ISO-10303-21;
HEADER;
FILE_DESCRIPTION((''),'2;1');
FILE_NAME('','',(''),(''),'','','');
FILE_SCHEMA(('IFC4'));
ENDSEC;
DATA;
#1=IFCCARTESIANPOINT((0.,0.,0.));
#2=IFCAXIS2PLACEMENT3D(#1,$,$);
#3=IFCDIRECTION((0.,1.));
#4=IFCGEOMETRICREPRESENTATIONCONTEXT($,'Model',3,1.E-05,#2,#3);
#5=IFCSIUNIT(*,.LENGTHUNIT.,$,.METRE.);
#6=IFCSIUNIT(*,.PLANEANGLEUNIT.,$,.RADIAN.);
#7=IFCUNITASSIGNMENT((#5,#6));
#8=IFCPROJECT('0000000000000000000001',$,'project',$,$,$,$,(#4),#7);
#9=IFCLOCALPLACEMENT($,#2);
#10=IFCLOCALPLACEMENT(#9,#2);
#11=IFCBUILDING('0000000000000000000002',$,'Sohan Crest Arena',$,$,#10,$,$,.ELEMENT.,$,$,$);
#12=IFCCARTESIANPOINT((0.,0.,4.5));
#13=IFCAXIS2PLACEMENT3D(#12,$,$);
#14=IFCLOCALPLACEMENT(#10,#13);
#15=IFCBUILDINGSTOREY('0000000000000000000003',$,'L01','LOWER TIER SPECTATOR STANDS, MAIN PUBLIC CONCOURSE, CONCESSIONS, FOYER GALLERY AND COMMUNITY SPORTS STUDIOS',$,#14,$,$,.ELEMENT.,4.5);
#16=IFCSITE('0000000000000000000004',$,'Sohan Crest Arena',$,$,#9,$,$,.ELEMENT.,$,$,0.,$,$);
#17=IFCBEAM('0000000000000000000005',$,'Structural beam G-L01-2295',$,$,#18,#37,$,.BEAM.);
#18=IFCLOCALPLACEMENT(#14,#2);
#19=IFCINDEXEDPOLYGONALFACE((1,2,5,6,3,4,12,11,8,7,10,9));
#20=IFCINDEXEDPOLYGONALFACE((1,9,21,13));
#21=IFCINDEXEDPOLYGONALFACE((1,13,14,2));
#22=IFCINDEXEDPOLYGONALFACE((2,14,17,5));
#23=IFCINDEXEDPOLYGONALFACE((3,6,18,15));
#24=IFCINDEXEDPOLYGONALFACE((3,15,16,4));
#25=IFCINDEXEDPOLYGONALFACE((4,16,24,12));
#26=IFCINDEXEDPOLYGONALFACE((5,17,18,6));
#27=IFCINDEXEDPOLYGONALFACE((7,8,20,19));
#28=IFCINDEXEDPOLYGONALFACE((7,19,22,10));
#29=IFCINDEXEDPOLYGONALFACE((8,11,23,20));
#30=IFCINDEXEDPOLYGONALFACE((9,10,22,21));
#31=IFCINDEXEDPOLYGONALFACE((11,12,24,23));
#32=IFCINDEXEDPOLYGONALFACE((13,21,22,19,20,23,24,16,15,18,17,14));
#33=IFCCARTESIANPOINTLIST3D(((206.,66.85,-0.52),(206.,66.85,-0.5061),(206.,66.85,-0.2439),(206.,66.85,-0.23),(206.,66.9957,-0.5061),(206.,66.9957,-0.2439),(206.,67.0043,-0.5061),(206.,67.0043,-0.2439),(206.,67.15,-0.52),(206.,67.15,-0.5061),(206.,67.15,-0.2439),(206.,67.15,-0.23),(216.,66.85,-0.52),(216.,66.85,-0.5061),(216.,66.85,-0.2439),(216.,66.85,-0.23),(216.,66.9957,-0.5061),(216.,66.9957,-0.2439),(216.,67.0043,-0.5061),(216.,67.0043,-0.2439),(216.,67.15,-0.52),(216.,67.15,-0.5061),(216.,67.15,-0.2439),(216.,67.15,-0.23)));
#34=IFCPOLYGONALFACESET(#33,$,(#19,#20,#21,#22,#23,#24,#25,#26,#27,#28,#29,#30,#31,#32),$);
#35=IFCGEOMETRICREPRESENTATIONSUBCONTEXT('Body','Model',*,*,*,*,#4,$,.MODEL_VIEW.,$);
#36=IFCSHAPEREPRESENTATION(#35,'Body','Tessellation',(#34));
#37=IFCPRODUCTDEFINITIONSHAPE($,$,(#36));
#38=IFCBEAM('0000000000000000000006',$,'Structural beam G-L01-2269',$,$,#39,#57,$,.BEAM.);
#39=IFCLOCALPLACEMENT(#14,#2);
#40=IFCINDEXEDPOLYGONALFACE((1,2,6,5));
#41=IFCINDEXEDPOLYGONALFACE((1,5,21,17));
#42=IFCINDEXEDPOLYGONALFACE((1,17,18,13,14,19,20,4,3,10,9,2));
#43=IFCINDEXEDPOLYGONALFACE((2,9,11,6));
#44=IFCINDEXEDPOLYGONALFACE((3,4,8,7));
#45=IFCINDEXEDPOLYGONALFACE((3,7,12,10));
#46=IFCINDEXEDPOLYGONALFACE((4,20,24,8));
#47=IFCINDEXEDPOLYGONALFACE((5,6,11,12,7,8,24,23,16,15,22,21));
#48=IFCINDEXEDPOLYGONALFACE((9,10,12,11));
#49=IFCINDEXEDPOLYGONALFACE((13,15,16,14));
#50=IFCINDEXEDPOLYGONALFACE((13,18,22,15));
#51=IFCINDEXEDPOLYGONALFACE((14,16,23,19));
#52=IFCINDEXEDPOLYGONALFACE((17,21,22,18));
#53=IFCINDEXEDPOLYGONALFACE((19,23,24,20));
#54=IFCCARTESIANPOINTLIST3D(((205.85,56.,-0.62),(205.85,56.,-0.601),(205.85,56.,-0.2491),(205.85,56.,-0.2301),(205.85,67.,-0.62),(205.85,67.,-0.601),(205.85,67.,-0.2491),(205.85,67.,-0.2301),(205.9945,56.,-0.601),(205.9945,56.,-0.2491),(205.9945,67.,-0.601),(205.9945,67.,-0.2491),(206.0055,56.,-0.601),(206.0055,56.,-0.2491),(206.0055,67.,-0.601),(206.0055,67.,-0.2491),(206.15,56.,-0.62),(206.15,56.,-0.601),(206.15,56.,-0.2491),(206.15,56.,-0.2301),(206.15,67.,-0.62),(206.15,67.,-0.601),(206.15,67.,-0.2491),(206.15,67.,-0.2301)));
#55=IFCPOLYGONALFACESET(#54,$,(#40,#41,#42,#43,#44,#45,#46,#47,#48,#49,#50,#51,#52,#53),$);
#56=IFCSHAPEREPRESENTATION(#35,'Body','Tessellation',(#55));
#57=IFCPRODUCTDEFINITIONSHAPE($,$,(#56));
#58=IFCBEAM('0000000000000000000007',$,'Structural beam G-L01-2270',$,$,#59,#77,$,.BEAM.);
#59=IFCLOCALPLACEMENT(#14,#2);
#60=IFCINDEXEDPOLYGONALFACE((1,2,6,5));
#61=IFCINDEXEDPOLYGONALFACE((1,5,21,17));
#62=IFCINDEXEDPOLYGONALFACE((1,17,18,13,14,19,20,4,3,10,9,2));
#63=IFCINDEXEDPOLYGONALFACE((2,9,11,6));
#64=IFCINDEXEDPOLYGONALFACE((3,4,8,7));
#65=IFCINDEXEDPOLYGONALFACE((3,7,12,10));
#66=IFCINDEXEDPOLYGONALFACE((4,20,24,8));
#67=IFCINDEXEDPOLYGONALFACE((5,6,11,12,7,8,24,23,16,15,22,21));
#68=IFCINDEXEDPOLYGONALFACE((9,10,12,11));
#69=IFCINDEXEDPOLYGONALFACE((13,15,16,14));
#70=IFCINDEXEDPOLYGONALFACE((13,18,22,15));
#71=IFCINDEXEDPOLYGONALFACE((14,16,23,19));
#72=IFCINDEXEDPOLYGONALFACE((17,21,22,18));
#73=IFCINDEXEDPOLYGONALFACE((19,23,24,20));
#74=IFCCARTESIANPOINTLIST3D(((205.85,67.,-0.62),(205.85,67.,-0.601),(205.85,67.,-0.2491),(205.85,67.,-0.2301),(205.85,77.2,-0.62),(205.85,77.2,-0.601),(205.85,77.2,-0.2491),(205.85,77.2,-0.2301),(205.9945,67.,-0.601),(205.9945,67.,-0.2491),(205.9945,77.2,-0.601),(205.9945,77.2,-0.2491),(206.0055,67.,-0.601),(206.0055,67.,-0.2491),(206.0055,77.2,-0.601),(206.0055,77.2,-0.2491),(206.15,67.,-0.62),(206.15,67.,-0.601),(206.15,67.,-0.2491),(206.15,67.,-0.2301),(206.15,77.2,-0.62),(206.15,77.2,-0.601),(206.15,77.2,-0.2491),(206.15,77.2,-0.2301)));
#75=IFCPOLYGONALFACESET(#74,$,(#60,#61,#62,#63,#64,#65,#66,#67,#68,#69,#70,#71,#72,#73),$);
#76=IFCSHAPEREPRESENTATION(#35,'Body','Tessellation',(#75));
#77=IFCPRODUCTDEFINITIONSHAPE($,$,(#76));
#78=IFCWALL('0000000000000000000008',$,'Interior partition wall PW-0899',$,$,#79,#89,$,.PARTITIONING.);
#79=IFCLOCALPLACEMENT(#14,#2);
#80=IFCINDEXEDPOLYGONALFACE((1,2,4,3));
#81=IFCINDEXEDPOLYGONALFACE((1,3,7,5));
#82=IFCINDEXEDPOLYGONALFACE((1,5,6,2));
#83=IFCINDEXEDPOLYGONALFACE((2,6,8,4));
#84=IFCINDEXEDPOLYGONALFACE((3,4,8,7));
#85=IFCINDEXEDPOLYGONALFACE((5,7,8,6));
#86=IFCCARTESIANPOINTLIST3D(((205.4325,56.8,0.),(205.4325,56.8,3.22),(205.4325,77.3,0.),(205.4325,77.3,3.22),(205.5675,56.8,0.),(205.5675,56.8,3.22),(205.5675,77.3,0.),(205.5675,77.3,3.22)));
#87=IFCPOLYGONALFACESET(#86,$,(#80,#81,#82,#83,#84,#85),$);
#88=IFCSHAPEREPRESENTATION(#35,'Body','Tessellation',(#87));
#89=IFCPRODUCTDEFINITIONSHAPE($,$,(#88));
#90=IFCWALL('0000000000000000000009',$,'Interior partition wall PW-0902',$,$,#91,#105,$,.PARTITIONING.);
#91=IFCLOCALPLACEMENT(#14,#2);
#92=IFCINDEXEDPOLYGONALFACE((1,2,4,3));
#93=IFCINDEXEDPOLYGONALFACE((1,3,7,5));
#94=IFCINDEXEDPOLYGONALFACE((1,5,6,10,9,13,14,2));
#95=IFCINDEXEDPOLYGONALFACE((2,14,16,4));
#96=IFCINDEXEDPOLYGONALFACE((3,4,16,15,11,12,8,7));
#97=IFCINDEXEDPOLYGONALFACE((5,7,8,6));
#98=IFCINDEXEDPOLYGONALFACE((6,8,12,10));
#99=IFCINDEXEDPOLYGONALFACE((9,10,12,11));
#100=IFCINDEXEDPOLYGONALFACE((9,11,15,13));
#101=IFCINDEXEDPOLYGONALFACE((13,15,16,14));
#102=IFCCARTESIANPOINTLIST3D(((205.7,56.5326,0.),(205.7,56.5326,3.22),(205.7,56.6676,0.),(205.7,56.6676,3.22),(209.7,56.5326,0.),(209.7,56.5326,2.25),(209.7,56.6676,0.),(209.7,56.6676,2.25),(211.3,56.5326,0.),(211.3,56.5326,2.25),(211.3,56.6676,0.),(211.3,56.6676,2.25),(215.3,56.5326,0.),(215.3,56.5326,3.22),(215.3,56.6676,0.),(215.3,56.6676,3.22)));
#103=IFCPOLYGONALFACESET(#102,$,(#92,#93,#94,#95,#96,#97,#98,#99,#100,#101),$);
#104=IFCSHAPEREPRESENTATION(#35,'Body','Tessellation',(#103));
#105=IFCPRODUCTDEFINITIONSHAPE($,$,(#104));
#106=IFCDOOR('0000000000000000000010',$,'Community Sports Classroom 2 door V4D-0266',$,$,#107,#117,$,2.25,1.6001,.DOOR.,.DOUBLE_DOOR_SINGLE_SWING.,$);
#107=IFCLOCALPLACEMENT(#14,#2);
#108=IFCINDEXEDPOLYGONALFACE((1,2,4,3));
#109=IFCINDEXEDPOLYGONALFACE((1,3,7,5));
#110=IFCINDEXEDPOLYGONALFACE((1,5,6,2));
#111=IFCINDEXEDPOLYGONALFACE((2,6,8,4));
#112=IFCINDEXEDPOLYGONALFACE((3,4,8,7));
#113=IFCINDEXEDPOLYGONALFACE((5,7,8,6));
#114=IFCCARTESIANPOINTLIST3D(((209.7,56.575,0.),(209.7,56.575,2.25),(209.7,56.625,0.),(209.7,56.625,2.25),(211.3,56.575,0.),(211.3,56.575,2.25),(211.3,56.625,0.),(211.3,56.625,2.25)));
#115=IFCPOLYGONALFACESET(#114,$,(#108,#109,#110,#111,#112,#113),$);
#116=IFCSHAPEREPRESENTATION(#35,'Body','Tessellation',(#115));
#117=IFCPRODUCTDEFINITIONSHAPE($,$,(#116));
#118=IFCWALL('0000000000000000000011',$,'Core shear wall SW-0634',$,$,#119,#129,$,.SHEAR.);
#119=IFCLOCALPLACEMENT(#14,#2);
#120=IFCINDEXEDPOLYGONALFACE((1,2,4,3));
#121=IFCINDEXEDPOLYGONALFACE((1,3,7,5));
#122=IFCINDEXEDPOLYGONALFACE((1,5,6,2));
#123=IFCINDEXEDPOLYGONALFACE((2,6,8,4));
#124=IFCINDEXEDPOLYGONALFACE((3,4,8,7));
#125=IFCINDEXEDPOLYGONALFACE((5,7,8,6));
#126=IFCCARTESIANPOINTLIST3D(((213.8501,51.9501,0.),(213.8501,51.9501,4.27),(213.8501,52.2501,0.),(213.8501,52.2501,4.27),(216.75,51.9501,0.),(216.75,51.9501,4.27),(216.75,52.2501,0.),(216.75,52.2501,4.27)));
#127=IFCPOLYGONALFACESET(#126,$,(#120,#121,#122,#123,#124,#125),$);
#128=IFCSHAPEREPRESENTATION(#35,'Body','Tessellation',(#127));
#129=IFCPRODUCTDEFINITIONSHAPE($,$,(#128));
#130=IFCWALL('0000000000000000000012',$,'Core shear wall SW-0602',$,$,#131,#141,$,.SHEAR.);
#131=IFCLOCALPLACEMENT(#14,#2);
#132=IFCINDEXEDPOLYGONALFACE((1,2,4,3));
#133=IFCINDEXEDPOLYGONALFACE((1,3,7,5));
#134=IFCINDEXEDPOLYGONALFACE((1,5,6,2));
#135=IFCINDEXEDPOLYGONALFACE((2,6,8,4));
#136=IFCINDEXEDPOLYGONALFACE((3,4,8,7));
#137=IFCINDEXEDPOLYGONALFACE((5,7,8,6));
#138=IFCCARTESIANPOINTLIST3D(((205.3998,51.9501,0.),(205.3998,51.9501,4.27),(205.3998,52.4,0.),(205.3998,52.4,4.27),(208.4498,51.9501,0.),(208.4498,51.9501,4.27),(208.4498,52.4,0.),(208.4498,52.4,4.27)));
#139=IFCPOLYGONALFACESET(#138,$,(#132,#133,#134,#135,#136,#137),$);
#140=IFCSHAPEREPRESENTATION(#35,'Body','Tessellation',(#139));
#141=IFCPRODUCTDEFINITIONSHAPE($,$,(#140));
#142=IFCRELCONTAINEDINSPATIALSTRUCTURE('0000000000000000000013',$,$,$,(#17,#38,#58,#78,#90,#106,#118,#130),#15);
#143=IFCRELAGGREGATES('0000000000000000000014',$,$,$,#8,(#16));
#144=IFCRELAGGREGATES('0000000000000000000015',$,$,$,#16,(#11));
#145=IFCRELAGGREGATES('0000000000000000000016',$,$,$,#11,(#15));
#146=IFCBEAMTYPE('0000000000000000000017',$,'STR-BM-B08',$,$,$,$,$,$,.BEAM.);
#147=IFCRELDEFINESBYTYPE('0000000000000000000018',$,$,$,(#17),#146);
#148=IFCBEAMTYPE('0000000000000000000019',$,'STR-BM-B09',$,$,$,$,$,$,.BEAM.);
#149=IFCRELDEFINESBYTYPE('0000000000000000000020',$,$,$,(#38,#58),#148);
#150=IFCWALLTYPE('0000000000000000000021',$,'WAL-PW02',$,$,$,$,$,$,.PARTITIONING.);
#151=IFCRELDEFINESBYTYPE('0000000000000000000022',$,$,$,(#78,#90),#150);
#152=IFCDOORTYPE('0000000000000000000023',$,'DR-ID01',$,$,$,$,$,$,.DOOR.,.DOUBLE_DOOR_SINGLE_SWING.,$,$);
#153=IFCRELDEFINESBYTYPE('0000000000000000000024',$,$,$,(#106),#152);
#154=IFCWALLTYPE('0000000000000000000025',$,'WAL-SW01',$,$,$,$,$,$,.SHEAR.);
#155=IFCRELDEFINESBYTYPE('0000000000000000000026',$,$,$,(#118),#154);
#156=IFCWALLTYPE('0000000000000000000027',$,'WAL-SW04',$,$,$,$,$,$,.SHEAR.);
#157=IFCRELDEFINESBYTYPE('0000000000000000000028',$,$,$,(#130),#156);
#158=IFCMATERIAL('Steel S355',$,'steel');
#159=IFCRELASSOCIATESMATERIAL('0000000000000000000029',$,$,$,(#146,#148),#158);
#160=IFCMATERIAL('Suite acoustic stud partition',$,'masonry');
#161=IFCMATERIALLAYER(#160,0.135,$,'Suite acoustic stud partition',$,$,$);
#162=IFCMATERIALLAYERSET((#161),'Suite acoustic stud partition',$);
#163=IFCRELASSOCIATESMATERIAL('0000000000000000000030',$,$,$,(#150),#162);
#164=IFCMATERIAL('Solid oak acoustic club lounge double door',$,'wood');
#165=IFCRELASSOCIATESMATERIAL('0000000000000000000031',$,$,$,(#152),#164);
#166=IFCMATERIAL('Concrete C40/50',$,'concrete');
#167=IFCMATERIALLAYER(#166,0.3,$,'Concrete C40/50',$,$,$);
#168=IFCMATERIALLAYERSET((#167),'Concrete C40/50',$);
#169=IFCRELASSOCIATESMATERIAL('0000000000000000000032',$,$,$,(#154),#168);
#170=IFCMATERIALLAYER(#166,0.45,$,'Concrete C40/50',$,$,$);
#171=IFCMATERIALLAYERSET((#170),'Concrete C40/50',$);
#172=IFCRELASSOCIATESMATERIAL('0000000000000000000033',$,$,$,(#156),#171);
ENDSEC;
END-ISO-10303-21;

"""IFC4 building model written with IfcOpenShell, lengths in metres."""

from ifc_helpers import new_model, si_unit, direction, frame, frame_2d, origin, origin_2d, place, context, subcontext, project, spatial, rectangle, i_section, extrude, material, layer, layer_set, material_profile, profile_set, type_object, element, fill, save


model = new_model("IFC4")

# Units and contexts
model_context = context("Model", 3, precision=1e-05, world=origin(), true_north=direction((0.0, 1.0)))
body_context = subcontext(model_context, "Body", "Model", "MODEL_VIEW")
ifc_project = project(units=[si_unit("LENGTHUNIT", "METRE"), si_unit("PLANEANGLEUNIT", "RADIAN")], contexts=[model_context])

# Site, building, storey
site_placement = place(None, origin())
site = spatial("IfcSite", under=ifc_project, at=site_placement, Name="Sohan Crest Arena", CompositionType="ELEMENT", RefElevation=0.0)
building_placement = place(site_placement, origin())
building = spatial("IfcBuilding", under=site, at=building_placement, Name="Sohan Crest Arena", CompositionType="ELEMENT")
storey_placement = place(building_placement, frame((0.0, 0.0, 4.5)))
storey = spatial("IfcBuildingStorey", under=building, at=storey_placement, Name="L01", Description="LOWER TIER SPECTATOR STANDS, MAIN PUBLIC CONCOURSE, CONCESSIONS, FOYER GALLERY AND COMMUNITY SPORTS STUDIOS", CompositionType="ELEMENT", Elevation=4.5)

# Shared definitions
ifc_material_1 = material(Name="Concrete C40/50", Category="concrete")

# Beams
ifc_material_2 = material(Name="Steel S355", Category="steel")
ifc_material_profile_1 = material_profile(ifc_material_2, i_section(OverallWidth=0.3, OverallDepth=0.29, WebThickness=0.0085, FlangeThickness=0.0139, at=origin_2d()), Name="HEA 300")
ifc_profile_set_1 = profile_set([ifc_material_profile_1], Name="Steel S355")
beam_type_1 = type_object("IfcBeamType", Name="STR-BM-B08", PredefinedType="BEAM", material=ifc_profile_set_1)
beam_1_placement = place(storey_placement, frame((206.0, 67.0, -0.375), z_axis=(1.0, 0.0, 0.0), x_axis=(0.0, 1.0, 0.0)))
element("IfcBeam", 1, at=beam_1_placement, inside=storey, type_object=beam_type_1, Name="Structural beam G-L01-2295", PredefinedType="BEAM", context=body_context, shape_type="SweptSolid", body=[
    extrude(i_section(OverallWidth=0.3, OverallDepth=0.29, WebThickness=0.0085, FlangeThickness=0.0139, at=origin_2d()), origin(), (0.0, 0.0, 1.0), 10.0),
])
ifc_material_profile_2 = material_profile(ifc_material_2, i_section(OverallWidth=0.3, OverallDepth=0.3899, WebThickness=0.011, FlangeThickness=0.019, at=origin_2d()), Name="HEA 400")
ifc_profile_set_2 = profile_set([ifc_material_profile_2], Name="Steel S355")
beam_type_2 = type_object("IfcBeamType", Name="STR-BM-B09", PredefinedType="BEAM", material=ifc_profile_set_2)
beam_2_placement = place(storey_placement, frame((206.0, 56.0, -0.425), z_axis=(0.0, 1.0, 0.0), x_axis=(-1.0, 0.0, 0.0)))
element("IfcBeam", 2, at=beam_2_placement, inside=storey, type_object=beam_type_2, Name="Structural beam G-L01-2269", PredefinedType="BEAM", context=body_context, shape_type="SweptSolid", body=[
    extrude(i_section(OverallWidth=0.3, OverallDepth=0.3899, WebThickness=0.011, FlangeThickness=0.019, at=origin_2d()), origin(), (0.0, 0.0, 1.0), 11.0),
])
beam_3_placement = place(storey_placement, frame((206.0, 67.0, -0.425), z_axis=(0.0, 1.0, 0.0), x_axis=(-1.0, 0.0, 0.0)))
element("IfcBeam", 3, at=beam_3_placement, inside=storey, type_object=beam_type_2, Name="Structural beam G-L01-2270", PredefinedType="BEAM", context=body_context, shape_type="SweptSolid", body=[
    extrude(i_section(OverallWidth=0.3, OverallDepth=0.3899, WebThickness=0.011, FlangeThickness=0.019, at=origin_2d()), origin(), (0.0, 0.0, 1.0), 10.2),
])

# Wall
ifc_material_3 = material(Name="Suite acoustic stud partition", Category="masonry")
ifc_layer_1 = layer(ifc_material_3, 0.135, Name="Suite acoustic stud partition")
ifc_layer_set_1 = layer_set([ifc_layer_1], Name="Suite acoustic stud partition")
wall_type_1 = type_object("IfcWallType", Name="WAL-PW02", PredefinedType="PARTITIONING", material=ifc_layer_set_1)
wall_1_placement = place(storey_placement, frame((205.5, 56.8, 0.0), z_axis=(0.0, 0.0, 1.0), x_axis=(0.0, 1.0, 0.0)))
element("IfcWall", 4, at=wall_1_placement, inside=storey, type_object=wall_type_1, Name="Interior partition wall PW-0899", PredefinedType="PARTITIONING", context=body_context, shape_type="SweptSolid", body=[
    extrude(rectangle(XDim=20.5, YDim=0.135, at=frame_2d((10.25, 0.0))), origin(), (0.0, 0.0, 1.0), 3.22),
])

# Wall, opening, door
wall_2_placement = place(storey_placement, frame((205.7, 56.6001, 0.0), z_axis=(0.0, 0.0, 1.0), x_axis=(1.0, 0.0, 0.0)))
wall_2 = element("IfcWall", 5, at=wall_2_placement, inside=storey, type_object=wall_type_1, Name="Interior partition wall PW-0902", PredefinedType="PARTITIONING", context=body_context, shape_type="SweptSolid", body=[
    extrude(rectangle(XDim=9.6001, YDim=0.135, at=frame_2d((4.8, 0.0))), origin(), (0.0, 0.0, 1.0), 3.22),
])
opening_placement = place(wall_2_placement, frame((4.0, 0.0, 0.0)))
opening = element("IfcOpeningElement", 6, at=opening_placement, cuts=wall_2, PredefinedType="OPENING", context=body_context, shape_type="SweptSolid", body=[
    extrude(rectangle(XDim=1.6001, YDim=2.25, at=frame_2d((0.8, 1.125))), frame((0.0, 0.0774, 0.0), z_axis=(0.0, -1.0, 0.0), x_axis=(1.0, 0.0, 0.0)), (0.0, 0.0, 1.0), 0.155),
])
ifc_material_4 = material(Name="Solid oak acoustic club lounge double door", Category="wood")
door_type = type_object("IfcDoorType", Name="DR-ID01", OperationType="DOUBLE_DOOR_SINGLE_SWING", PredefinedType="DOOR", material=ifc_material_4)
door_placement = place(opening_placement, origin())
door = element("IfcDoor", 7, at=door_placement, inside=storey, type_object=door_type, Name="Community Sports Classroom 2 door V4D-0266", OperationType="DOUBLE_DOOR_SINGLE_SWING", OverallHeight=2.25, OverallWidth=1.6001, PredefinedType="DOOR", context=body_context, shape_type="SweptSolid", body=[
    extrude(rectangle(XDim=1.6001, YDim=2.25, at=frame_2d((0.8, 1.125))), frame((0.0, 0.0249, 0.0), z_axis=(0.0, -1.0, 0.0), x_axis=(1.0, 0.0, 0.0)), (0.0, 0.0, 1.0), 0.05),
])
fill(opening, door)

# Walls
ifc_layer_2 = layer(ifc_material_1, 0.3, Name="Concrete C40/50")
ifc_layer_set_2 = layer_set([ifc_layer_2], Name="Concrete C40/50")
wall_type_2 = type_object("IfcWallType", Name="WAL-SW01", PredefinedType="SHEAR", material=ifc_layer_set_2)
wall_3_placement = place(storey_placement, frame((213.8501, 52.1001, 0.0), z_axis=(0.0, 0.0, 1.0), x_axis=(1.0, 0.0, 0.0)))
element("IfcWall", 8, at=wall_3_placement, inside=storey, type_object=wall_type_2, Name="Core shear wall SW-0634", PredefinedType="SHEAR", context=body_context, shape_type="SweptSolid", body=[
    extrude(rectangle(XDim=2.8999, YDim=0.3, at=frame_2d((1.45, 0.0))), origin(), (0.0, 0.0, 1.0), 4.27),
])
ifc_layer_3 = layer(ifc_material_1, 0.45, Name="Concrete C40/50")
ifc_layer_set_3 = layer_set([ifc_layer_3], Name="Concrete C40/50")
wall_type_3 = type_object("IfcWallType", Name="WAL-SW04", PredefinedType="SHEAR", material=ifc_layer_set_3)
wall_4_placement = place(storey_placement, frame((205.3999, 52.175, 0.0), z_axis=(0.0, 0.0, 1.0), x_axis=(1.0, 0.0, 0.0)))
element("IfcWall", 9, at=wall_4_placement, inside=storey, type_object=wall_type_3, Name="Core shear wall SW-0602", PredefinedType="SHEAR", context=body_context, shape_type="SweptSolid", body=[
    extrude(rectangle(XDim=3.05, YDim=0.45, at=frame_2d((1.5249, 0.0))), origin(), (0.0, 0.0, 1.0), 4.27),
])

save(model, "model.ifc")
